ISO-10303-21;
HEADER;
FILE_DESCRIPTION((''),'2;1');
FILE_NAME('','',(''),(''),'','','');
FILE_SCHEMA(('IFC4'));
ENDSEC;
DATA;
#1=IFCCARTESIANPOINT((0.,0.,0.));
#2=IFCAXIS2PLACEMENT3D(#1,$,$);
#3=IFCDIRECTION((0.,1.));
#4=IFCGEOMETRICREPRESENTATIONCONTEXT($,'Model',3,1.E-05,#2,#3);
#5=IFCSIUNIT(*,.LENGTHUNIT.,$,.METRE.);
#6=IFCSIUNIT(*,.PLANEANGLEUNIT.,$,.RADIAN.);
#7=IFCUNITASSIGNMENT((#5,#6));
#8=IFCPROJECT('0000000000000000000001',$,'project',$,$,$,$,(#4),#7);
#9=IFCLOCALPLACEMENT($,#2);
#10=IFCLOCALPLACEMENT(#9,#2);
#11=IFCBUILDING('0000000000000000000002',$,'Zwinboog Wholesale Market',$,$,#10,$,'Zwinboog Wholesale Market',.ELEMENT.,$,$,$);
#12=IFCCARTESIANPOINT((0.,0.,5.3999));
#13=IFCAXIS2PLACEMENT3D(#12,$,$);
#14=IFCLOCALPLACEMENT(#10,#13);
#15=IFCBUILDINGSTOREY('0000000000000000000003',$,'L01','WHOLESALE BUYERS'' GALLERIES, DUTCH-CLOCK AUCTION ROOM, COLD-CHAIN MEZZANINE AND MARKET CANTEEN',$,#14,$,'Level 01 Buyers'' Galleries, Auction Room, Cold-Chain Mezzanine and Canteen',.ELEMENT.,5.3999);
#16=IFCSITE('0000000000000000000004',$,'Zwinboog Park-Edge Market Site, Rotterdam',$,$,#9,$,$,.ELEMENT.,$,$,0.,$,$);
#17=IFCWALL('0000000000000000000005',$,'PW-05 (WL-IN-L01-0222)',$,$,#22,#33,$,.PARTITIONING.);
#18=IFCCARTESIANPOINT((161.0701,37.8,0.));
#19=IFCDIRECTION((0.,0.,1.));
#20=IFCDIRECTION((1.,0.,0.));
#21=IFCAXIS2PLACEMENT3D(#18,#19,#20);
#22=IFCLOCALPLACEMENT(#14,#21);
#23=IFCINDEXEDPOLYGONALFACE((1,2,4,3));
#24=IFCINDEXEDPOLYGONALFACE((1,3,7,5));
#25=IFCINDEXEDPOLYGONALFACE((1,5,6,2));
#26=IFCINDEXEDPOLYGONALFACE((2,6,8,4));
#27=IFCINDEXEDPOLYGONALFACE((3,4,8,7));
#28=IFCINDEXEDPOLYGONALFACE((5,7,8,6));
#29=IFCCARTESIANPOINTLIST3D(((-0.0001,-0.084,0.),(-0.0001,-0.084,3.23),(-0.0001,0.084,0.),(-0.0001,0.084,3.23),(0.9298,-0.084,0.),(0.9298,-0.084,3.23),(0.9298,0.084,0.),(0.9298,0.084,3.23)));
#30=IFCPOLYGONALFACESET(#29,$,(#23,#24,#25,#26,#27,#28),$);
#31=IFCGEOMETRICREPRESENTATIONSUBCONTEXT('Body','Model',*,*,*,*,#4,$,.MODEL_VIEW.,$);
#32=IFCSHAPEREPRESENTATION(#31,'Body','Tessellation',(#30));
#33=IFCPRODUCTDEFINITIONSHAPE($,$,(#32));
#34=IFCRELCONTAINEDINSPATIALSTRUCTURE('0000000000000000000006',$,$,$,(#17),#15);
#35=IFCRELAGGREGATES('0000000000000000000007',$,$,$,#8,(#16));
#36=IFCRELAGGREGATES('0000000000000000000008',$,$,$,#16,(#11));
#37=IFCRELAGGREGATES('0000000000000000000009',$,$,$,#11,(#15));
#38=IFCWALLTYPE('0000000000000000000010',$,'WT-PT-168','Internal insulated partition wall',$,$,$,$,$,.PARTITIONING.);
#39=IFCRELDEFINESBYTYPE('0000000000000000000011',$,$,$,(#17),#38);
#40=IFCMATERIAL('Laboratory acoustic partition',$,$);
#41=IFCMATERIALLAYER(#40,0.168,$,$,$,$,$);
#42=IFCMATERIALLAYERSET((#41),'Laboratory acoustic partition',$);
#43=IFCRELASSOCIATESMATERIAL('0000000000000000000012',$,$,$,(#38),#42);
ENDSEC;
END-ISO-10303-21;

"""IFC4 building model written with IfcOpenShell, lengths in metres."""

from ifc_helpers import new_model, si_unit, direction, frame, frame_2d, origin, place, context, subcontext, project, spatial, rectangle, extrude, material, layer, layer_set, type_object, element, save


model = new_model("IFC4")

# Units and contexts
model_context = context("Model", 3, precision=1e-05, world=origin(), true_north=direction((0.0, 1.0)))
body_context = subcontext(model_context, "Body", "Model", "MODEL_VIEW")
ifc_project = project(units=[si_unit("LENGTHUNIT", "METRE"), si_unit("PLANEANGLEUNIT", "RADIAN")], contexts=[model_context])

# Site, building, storey
site_placement = place(None, origin())
site = spatial("IfcSite", under=ifc_project, at=site_placement, Name="Zwinboog Park-Edge Market Site, Rotterdam", CompositionType="ELEMENT", RefElevation=0.0)
building_placement = place(site_placement, origin())
building = spatial("IfcBuilding", under=site, at=building_placement, Name="Zwinboog Wholesale Market", LongName="Zwinboog Wholesale Market", CompositionType="ELEMENT")
storey_placement = place(building_placement, frame((0.0, 0.0, 5.3999)))
storey = spatial("IfcBuildingStorey", under=building, at=storey_placement, Name="L01", Description="WHOLESALE BUYERS' GALLERIES, DUTCH-CLOCK AUCTION ROOM, COLD-CHAIN MEZZANINE AND MARKET CANTEEN", LongName="Level 01 Buyers' Galleries, Auction Room, Cold-Chain Mezzanine and Canteen", CompositionType="ELEMENT", Elevation=5.3999)

# Wall
ifc_material_1 = material(Name="Laboratory acoustic partition")
ifc_layer_1 = layer(ifc_material_1, 0.168)
ifc_layer_set_1 = layer_set([ifc_layer_1], Name="Laboratory acoustic partition")
wall_type_1 = type_object("IfcWallType", Name="WT-PT-168", Description="Internal insulated partition wall", PredefinedType="PARTITIONING", material=ifc_layer_set_1)
wall_1_placement = place(storey_placement, frame((161.0701, 37.8, 0.0), z_axis=(0.0, 0.0, 1.0), x_axis=(1.0, 0.0, 0.0)))
element("IfcWall", 1, at=wall_1_placement, inside=storey, type_object=wall_type_1, Name="PW-05 (WL-IN-L01-0222)", PredefinedType="PARTITIONING", context=body_context, shape_type="SweptSolid", body=[
    extrude(rectangle(XDim=0.9299, YDim=0.168, at=frame_2d((0.4648, 0.0))), origin(), (0.0, 0.0, 1.0), 3.23),
])

save(model, "model.ifc")
